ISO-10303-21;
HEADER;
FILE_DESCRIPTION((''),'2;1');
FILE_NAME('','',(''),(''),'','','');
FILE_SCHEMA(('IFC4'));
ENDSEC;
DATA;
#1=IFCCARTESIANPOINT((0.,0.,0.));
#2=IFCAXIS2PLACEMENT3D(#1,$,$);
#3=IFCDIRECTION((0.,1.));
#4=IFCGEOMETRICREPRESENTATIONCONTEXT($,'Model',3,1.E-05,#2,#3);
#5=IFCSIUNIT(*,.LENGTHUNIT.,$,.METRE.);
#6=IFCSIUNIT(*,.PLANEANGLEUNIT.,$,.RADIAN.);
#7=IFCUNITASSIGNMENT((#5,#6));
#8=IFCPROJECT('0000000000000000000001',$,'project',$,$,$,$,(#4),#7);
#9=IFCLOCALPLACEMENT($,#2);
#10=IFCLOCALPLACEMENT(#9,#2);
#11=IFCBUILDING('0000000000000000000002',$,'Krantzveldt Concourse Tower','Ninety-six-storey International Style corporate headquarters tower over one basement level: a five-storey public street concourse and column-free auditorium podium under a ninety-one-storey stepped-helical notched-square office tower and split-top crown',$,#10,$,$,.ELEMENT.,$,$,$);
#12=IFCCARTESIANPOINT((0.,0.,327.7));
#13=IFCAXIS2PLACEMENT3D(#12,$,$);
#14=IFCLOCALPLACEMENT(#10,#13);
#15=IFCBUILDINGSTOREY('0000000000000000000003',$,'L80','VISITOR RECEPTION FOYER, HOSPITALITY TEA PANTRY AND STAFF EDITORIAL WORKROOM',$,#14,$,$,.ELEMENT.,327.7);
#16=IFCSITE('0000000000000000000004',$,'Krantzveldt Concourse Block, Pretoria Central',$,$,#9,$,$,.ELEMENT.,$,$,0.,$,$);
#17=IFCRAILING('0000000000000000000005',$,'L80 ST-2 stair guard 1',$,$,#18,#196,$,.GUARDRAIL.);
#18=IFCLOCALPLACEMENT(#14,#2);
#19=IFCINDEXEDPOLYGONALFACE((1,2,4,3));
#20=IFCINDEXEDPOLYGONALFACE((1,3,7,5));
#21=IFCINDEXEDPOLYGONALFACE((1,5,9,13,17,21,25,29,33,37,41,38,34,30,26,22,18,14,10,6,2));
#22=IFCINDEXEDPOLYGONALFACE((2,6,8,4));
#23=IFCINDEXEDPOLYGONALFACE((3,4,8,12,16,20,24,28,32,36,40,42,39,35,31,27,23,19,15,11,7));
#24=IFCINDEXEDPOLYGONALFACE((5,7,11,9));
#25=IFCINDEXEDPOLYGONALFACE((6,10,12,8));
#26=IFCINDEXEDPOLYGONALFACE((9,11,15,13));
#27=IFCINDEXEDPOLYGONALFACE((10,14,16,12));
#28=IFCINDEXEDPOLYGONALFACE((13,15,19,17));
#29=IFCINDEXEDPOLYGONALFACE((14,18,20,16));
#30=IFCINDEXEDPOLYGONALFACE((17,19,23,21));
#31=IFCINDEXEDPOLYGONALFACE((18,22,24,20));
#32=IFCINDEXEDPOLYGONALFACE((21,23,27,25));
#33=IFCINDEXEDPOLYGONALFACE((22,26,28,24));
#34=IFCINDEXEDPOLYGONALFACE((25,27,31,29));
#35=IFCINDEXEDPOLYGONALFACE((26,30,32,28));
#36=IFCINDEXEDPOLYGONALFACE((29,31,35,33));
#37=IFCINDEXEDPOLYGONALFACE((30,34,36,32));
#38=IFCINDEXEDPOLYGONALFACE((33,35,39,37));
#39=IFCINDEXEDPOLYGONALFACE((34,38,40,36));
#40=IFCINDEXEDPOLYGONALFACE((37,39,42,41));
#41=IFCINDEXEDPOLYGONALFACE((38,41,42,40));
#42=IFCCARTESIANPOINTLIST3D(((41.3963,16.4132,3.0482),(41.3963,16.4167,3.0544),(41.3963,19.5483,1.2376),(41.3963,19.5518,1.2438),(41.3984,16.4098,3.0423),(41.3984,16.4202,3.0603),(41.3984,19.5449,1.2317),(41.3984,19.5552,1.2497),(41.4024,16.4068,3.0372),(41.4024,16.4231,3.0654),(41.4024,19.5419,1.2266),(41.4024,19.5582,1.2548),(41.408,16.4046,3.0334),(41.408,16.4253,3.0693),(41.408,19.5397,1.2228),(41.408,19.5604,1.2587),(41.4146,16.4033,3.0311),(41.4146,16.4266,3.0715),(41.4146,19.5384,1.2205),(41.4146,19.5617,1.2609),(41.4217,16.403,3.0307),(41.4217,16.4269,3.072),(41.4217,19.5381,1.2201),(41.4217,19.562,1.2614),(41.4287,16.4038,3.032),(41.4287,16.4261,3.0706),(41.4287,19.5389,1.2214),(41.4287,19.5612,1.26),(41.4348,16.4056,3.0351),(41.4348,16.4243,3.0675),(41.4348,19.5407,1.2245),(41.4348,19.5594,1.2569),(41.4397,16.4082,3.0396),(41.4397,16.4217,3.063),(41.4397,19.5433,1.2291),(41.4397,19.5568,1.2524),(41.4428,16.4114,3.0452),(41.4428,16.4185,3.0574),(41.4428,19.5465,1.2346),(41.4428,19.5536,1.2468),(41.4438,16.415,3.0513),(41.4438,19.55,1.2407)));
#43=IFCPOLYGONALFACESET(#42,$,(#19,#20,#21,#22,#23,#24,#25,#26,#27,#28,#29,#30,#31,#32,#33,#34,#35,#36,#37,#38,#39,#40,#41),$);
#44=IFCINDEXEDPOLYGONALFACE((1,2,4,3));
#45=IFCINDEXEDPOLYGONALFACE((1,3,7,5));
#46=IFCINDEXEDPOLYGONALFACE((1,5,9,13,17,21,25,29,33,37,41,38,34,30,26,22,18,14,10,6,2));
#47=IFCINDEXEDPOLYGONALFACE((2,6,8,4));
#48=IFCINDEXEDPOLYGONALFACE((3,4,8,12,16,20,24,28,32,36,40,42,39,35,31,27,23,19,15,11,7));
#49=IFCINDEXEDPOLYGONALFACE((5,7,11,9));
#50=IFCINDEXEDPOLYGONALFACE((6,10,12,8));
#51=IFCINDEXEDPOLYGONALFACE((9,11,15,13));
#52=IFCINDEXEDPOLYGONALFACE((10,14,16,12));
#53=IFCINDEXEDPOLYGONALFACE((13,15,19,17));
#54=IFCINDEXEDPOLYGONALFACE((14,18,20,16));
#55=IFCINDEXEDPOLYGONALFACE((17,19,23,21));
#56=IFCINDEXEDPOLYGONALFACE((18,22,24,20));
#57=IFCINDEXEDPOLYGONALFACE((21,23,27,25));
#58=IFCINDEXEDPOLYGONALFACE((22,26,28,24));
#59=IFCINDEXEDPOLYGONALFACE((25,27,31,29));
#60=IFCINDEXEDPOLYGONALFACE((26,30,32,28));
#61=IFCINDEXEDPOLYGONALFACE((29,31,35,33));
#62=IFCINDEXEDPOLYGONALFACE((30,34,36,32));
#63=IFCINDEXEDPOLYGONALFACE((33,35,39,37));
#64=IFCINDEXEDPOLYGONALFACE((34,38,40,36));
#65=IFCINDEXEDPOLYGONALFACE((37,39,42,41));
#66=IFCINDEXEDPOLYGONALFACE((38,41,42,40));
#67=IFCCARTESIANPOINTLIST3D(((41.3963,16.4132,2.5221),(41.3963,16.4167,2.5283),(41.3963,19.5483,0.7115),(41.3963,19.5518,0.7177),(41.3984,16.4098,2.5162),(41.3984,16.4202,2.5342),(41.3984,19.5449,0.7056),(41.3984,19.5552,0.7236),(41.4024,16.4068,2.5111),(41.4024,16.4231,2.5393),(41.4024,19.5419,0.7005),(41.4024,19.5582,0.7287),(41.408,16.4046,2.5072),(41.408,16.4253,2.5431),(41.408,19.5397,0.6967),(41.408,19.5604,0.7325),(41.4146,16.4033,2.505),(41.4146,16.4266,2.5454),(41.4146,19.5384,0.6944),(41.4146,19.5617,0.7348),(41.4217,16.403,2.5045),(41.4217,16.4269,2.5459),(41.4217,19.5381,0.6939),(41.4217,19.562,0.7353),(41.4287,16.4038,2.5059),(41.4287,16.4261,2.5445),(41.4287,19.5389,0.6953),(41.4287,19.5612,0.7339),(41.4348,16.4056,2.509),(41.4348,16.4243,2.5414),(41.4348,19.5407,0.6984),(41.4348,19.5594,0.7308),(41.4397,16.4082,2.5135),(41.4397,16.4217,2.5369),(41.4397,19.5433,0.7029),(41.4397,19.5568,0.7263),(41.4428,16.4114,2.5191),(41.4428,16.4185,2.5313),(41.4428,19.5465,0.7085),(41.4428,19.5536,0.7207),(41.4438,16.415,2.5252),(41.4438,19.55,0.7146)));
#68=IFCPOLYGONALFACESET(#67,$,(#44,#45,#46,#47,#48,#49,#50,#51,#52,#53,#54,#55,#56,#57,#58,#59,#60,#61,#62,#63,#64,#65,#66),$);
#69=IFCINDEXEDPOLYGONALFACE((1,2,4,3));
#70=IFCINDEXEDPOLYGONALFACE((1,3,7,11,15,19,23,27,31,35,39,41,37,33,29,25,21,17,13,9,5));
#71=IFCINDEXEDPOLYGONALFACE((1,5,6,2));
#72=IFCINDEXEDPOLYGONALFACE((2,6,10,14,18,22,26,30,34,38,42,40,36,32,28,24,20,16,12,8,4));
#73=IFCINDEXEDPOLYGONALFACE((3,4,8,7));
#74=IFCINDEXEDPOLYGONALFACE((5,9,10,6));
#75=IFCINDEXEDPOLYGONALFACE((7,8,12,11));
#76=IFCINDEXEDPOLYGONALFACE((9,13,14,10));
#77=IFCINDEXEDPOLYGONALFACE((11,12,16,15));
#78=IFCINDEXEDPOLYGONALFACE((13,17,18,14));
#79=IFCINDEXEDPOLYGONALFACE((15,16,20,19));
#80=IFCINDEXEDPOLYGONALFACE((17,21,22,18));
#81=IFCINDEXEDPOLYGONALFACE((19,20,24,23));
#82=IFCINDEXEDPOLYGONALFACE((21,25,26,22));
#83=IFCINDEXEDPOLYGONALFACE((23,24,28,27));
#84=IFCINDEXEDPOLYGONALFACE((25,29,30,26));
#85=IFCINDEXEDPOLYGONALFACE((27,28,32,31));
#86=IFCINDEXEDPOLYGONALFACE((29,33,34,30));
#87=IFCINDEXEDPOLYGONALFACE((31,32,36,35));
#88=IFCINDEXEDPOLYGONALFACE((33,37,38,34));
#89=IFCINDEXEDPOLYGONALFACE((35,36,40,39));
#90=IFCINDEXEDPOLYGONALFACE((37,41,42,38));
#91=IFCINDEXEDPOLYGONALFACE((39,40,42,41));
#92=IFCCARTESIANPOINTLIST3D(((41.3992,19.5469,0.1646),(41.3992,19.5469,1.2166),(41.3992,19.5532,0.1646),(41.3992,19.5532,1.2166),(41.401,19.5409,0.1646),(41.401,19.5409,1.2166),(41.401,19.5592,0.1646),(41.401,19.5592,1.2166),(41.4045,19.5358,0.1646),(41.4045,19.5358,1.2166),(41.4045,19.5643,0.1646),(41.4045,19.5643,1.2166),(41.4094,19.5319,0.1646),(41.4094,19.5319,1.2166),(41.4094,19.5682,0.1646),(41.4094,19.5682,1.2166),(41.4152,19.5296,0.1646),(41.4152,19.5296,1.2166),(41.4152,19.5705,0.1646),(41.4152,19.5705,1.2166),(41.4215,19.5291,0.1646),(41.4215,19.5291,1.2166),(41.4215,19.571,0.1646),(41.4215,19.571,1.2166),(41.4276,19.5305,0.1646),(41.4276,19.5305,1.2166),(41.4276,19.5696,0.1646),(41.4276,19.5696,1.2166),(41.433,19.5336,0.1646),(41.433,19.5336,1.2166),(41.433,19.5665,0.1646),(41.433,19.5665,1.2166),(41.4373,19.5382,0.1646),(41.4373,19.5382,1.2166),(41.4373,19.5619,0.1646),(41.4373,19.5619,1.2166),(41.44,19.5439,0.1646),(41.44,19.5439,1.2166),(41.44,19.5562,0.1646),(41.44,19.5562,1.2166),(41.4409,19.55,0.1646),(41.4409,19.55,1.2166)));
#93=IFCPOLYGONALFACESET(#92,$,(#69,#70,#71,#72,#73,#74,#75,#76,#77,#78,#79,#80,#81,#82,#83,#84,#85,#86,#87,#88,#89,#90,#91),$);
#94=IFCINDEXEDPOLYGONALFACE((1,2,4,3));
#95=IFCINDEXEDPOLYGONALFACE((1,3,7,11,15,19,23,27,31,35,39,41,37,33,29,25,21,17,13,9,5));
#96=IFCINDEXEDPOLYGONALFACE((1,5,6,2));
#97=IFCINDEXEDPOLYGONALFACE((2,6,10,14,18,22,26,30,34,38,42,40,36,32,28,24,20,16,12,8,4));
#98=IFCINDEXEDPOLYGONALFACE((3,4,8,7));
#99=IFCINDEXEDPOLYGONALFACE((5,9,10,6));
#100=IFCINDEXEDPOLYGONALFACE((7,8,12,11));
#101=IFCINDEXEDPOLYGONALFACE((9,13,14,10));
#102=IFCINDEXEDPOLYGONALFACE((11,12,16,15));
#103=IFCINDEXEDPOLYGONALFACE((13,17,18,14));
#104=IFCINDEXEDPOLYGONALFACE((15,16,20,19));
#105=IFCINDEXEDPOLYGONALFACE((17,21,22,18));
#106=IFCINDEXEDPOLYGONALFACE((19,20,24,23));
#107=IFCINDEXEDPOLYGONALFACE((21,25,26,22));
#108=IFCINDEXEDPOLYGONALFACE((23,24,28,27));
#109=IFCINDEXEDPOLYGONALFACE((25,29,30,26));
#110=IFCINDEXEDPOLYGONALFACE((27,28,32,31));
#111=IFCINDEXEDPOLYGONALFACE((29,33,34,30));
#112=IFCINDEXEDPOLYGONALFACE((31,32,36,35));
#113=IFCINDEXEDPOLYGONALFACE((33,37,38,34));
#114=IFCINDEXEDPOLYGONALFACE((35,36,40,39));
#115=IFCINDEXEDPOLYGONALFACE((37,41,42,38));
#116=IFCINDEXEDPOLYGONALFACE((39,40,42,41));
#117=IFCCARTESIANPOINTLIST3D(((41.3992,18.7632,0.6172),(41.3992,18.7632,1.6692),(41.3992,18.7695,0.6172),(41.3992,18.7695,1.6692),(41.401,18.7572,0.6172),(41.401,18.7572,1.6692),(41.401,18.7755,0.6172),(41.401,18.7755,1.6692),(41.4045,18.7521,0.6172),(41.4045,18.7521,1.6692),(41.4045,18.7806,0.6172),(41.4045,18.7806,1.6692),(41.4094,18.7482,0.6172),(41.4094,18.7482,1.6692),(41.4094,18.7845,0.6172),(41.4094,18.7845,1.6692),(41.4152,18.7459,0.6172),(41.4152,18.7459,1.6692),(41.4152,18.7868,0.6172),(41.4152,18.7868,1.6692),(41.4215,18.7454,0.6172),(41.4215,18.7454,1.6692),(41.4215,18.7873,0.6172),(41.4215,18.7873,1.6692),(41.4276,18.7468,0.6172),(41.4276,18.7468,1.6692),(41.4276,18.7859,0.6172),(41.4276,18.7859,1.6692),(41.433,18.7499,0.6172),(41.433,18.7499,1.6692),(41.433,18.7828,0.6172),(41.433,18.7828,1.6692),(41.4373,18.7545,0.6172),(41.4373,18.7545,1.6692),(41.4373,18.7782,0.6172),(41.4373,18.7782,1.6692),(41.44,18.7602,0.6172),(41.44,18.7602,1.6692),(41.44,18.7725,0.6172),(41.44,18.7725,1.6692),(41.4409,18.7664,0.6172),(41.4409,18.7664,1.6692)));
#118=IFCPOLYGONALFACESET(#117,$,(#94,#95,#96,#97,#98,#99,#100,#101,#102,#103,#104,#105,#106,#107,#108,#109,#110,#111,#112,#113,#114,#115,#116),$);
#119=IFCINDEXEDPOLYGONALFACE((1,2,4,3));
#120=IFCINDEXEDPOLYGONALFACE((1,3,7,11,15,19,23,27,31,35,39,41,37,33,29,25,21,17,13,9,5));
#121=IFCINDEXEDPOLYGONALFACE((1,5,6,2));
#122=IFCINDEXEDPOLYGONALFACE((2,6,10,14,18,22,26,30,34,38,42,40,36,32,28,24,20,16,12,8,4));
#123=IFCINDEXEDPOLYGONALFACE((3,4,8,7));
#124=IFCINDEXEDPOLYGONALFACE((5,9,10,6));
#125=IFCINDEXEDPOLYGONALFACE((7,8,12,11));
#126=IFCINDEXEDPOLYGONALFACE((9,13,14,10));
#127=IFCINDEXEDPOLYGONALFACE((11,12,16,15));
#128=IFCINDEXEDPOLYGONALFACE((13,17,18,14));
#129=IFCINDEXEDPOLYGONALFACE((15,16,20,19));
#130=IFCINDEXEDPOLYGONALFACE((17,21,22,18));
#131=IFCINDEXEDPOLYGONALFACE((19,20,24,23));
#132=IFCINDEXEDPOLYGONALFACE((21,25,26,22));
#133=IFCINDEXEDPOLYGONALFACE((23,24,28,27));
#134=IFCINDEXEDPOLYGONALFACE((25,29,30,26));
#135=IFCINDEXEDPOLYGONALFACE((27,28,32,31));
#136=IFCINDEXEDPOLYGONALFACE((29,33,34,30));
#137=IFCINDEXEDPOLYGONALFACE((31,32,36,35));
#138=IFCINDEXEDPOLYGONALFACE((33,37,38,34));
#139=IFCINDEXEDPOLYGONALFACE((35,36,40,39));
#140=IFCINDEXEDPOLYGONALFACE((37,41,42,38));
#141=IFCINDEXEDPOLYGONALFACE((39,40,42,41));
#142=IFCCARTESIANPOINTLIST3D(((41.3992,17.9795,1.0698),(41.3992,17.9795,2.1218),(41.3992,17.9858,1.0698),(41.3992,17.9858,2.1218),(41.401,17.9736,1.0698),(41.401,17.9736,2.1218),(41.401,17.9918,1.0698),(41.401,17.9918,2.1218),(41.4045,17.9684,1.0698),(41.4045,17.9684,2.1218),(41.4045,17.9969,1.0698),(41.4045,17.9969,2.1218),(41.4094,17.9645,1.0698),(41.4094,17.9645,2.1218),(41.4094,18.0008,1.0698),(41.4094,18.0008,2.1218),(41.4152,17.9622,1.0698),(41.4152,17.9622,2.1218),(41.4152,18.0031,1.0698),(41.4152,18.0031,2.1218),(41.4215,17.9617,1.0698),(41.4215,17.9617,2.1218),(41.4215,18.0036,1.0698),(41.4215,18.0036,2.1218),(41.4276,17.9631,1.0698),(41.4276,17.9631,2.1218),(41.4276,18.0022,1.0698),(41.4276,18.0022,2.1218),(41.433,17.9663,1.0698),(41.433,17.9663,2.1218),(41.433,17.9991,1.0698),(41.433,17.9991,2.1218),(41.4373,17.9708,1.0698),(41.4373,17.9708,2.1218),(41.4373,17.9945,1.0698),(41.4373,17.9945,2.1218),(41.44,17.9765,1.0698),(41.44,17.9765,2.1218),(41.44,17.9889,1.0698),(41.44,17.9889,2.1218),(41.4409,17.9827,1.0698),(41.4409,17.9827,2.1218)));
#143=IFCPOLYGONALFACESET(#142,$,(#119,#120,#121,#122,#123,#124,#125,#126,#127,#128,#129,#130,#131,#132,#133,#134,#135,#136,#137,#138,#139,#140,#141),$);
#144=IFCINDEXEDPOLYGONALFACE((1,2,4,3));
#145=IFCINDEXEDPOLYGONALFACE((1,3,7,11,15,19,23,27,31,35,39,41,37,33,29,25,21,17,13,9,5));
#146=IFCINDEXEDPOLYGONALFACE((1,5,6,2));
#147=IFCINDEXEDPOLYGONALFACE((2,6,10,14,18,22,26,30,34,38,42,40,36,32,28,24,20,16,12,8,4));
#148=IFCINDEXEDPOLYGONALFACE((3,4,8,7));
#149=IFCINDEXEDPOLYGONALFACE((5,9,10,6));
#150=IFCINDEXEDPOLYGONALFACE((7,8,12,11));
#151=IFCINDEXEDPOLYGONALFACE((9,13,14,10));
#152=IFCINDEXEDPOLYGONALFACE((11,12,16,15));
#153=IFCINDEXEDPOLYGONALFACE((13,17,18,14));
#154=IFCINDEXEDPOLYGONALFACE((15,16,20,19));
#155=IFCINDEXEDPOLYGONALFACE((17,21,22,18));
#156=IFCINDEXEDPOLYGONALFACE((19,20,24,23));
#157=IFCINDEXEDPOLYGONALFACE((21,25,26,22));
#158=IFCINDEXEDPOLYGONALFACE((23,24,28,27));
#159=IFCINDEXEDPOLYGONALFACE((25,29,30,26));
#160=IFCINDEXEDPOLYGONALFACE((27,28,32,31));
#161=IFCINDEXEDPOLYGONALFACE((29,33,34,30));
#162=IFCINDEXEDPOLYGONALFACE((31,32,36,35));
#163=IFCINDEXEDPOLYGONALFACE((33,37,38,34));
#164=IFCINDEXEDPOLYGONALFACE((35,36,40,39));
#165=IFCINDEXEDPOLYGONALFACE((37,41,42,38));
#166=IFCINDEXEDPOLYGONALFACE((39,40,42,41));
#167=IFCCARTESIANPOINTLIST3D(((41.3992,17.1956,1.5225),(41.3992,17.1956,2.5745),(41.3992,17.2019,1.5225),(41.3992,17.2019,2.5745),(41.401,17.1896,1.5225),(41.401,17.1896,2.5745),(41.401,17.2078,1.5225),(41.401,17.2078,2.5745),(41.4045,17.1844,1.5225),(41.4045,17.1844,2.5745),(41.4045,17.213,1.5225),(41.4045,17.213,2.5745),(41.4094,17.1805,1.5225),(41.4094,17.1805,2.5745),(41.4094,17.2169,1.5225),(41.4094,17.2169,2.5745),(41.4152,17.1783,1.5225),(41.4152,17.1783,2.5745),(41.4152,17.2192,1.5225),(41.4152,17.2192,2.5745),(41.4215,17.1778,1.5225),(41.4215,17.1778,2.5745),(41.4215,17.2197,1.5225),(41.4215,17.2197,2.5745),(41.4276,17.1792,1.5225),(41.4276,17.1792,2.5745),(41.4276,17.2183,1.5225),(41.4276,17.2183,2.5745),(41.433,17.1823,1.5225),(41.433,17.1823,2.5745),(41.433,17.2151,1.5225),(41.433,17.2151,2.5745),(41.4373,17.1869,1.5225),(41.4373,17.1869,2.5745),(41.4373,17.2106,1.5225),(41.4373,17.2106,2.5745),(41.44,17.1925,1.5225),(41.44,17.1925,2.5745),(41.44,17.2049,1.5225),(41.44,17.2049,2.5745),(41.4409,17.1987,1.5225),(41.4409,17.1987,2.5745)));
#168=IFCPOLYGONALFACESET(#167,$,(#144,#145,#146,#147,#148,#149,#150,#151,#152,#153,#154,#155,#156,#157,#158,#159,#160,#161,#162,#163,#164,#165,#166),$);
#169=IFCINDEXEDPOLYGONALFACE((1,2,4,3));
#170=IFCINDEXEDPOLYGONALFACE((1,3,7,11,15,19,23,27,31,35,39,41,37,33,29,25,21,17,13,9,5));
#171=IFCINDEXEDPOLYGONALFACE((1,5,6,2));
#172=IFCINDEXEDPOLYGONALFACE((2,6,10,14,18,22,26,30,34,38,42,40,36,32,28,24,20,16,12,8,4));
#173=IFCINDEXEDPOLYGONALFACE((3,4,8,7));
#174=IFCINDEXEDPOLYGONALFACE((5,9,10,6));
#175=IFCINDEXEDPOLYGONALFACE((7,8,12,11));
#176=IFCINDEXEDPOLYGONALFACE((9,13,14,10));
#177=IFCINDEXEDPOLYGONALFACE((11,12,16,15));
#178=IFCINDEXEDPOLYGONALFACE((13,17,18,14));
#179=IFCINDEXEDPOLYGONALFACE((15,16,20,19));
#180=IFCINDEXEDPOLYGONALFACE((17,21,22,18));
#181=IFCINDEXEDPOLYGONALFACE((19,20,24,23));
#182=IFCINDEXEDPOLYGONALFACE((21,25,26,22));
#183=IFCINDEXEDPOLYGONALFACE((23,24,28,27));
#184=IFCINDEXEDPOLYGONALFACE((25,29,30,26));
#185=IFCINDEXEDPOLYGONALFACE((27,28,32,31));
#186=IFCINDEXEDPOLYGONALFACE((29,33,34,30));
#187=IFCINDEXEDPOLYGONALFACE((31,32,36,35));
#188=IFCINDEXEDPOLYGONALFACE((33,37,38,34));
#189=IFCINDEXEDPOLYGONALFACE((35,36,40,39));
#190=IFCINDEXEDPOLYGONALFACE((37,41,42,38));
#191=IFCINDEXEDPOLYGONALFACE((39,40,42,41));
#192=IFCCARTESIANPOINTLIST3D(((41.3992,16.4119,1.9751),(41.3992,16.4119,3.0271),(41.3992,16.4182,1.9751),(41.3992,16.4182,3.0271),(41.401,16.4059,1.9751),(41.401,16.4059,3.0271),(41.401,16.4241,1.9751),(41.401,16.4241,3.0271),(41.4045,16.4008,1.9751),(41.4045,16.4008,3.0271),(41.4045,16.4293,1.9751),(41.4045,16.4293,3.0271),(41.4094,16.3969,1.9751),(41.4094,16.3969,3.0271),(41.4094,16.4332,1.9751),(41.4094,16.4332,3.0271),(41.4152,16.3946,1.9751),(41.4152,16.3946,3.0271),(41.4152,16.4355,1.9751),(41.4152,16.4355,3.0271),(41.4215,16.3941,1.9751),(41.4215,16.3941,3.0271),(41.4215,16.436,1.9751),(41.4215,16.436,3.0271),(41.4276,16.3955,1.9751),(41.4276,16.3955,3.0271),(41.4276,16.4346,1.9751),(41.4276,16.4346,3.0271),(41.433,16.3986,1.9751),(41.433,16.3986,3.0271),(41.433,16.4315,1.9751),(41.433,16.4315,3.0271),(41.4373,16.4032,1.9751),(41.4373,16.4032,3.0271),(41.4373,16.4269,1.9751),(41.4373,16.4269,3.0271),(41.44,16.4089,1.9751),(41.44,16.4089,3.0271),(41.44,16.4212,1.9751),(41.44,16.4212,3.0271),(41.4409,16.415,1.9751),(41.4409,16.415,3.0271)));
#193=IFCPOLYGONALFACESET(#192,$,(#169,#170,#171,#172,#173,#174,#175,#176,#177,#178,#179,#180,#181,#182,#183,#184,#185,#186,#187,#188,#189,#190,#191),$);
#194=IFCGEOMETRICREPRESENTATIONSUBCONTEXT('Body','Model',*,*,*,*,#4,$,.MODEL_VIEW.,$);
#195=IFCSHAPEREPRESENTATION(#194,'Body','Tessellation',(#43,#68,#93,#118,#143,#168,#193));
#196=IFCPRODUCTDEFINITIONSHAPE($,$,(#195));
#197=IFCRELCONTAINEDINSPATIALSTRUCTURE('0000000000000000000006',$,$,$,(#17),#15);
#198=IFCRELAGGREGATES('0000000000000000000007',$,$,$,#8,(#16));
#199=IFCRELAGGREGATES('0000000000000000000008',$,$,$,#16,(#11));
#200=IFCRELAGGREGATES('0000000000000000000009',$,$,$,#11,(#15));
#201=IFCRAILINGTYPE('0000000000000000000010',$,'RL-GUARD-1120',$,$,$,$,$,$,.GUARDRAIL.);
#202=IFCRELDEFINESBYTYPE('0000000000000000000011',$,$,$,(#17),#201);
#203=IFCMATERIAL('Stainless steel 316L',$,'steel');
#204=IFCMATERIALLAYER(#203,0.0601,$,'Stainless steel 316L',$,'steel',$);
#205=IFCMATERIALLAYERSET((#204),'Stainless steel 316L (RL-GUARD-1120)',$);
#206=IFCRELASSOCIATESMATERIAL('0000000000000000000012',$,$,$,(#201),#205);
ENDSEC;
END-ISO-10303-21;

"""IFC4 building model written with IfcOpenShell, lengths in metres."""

from ifc_helpers import new_model, si_unit, direction, frame, origin, origin_2d, place, context, subcontext, project, spatial, circle, extrude, material, layer, layer_set, type_object, element, save


model = new_model("IFC4")

# Units and contexts
model_context = context("Model", 3, precision=1e-05, world=origin(), true_north=direction((0.0, 1.0)))
body_context = subcontext(model_context, "Body", "Model", "MODEL_VIEW")
ifc_project = project(units=[si_unit("LENGTHUNIT", "METRE"), si_unit("PLANEANGLEUNIT", "RADIAN")], contexts=[model_context])

# Site, building, storey
site_placement = place(None, origin())
site = spatial("IfcSite", under=ifc_project, at=site_placement, Name="Krantzveldt Concourse Block, Pretoria Central", CompositionType="ELEMENT", RefElevation=0.0)
building_placement = place(site_placement, origin())
building = spatial("IfcBuilding", under=site, at=building_placement, Name="Krantzveldt Concourse Tower", Description="Ninety-six-storey International Style corporate headquarters tower over one basement level: a five-storey public street concourse and column-free auditorium podium under a ninety-one-storey stepped-helical notched-square office tower and split-top crown", CompositionType="ELEMENT")
storey_placement = place(building_placement, frame((0.0, 0.0, 327.7)))
storey = spatial("IfcBuildingStorey", under=building, at=storey_placement, Name="L80", Description="VISITOR RECEPTION FOYER, HOSPITALITY TEA PANTRY AND STAFF EDITORIAL WORKROOM", CompositionType="ELEMENT", Elevation=327.7)

# Shared definitions
ifc_material_1 = material(Name="Stainless steel 316L", Category="steel")

# Railing
ifc_layer_1 = layer(ifc_material_1, 0.0601, Name="Stainless steel 316L", Category="steel")
ifc_layer_set_1 = layer_set([ifc_layer_1], Name="Stainless steel 316L (RL-GUARD-1120)")
railing_type_1 = type_object("IfcRailingType", Name="RL-GUARD-1120", PredefinedType="GUARDRAIL", material=ifc_layer_set_1)
railing_1_placement = place(storey_placement, frame((41.4199, 19.55, 0.1646)))
element("IfcRailing", 1, at=railing_1_placement, inside=storey, type_object=railing_type_1, Name="L80 ST-2 stair guard 1", PredefinedType="GUARDRAIL", context=body_context, shape_type="SweptSolid", body=[
    extrude(circle(Radius=0.0239, at=origin_2d()), frame((0.0, 0.0, 1.0762), z_axis=(0.0, -0.86596, 0.500114), x_axis=(1.0, 0.0, 0.0)), (0.0, 0.0, 1.0), 3.6204),
    extrude(circle(Radius=0.0239, at=origin_2d()), frame((0.0, 0.0, 0.55), z_axis=(0.0, -0.86596, 0.500114), x_axis=(1.0, 0.0, 0.0)), (0.0, 0.0, 1.0), 3.6204),
    extrude(circle(Radius=0.021, at=origin_2d()), origin(), (0.0, 0.0, 1.0), 1.052),
    extrude(circle(Radius=0.021, at=origin_2d()), frame((0.0, -0.7837, 0.4526)), (0.0, 0.0, 1.0), 1.052),
    extrude(circle(Radius=0.021, at=origin_2d()), frame((0.0, -1.5674, 0.9053)), (0.0, 0.0, 1.0), 1.052),
    extrude(circle(Radius=0.021, at=origin_2d()), frame((0.0, -2.3513, 1.3579)), (0.0, 0.0, 1.0), 1.052),
    extrude(circle(Radius=0.021, at=origin_2d()), frame((0.0, -3.135, 1.8105)), (0.0, 0.0, 1.0), 1.052),
])

save(model, "model.ifc")
